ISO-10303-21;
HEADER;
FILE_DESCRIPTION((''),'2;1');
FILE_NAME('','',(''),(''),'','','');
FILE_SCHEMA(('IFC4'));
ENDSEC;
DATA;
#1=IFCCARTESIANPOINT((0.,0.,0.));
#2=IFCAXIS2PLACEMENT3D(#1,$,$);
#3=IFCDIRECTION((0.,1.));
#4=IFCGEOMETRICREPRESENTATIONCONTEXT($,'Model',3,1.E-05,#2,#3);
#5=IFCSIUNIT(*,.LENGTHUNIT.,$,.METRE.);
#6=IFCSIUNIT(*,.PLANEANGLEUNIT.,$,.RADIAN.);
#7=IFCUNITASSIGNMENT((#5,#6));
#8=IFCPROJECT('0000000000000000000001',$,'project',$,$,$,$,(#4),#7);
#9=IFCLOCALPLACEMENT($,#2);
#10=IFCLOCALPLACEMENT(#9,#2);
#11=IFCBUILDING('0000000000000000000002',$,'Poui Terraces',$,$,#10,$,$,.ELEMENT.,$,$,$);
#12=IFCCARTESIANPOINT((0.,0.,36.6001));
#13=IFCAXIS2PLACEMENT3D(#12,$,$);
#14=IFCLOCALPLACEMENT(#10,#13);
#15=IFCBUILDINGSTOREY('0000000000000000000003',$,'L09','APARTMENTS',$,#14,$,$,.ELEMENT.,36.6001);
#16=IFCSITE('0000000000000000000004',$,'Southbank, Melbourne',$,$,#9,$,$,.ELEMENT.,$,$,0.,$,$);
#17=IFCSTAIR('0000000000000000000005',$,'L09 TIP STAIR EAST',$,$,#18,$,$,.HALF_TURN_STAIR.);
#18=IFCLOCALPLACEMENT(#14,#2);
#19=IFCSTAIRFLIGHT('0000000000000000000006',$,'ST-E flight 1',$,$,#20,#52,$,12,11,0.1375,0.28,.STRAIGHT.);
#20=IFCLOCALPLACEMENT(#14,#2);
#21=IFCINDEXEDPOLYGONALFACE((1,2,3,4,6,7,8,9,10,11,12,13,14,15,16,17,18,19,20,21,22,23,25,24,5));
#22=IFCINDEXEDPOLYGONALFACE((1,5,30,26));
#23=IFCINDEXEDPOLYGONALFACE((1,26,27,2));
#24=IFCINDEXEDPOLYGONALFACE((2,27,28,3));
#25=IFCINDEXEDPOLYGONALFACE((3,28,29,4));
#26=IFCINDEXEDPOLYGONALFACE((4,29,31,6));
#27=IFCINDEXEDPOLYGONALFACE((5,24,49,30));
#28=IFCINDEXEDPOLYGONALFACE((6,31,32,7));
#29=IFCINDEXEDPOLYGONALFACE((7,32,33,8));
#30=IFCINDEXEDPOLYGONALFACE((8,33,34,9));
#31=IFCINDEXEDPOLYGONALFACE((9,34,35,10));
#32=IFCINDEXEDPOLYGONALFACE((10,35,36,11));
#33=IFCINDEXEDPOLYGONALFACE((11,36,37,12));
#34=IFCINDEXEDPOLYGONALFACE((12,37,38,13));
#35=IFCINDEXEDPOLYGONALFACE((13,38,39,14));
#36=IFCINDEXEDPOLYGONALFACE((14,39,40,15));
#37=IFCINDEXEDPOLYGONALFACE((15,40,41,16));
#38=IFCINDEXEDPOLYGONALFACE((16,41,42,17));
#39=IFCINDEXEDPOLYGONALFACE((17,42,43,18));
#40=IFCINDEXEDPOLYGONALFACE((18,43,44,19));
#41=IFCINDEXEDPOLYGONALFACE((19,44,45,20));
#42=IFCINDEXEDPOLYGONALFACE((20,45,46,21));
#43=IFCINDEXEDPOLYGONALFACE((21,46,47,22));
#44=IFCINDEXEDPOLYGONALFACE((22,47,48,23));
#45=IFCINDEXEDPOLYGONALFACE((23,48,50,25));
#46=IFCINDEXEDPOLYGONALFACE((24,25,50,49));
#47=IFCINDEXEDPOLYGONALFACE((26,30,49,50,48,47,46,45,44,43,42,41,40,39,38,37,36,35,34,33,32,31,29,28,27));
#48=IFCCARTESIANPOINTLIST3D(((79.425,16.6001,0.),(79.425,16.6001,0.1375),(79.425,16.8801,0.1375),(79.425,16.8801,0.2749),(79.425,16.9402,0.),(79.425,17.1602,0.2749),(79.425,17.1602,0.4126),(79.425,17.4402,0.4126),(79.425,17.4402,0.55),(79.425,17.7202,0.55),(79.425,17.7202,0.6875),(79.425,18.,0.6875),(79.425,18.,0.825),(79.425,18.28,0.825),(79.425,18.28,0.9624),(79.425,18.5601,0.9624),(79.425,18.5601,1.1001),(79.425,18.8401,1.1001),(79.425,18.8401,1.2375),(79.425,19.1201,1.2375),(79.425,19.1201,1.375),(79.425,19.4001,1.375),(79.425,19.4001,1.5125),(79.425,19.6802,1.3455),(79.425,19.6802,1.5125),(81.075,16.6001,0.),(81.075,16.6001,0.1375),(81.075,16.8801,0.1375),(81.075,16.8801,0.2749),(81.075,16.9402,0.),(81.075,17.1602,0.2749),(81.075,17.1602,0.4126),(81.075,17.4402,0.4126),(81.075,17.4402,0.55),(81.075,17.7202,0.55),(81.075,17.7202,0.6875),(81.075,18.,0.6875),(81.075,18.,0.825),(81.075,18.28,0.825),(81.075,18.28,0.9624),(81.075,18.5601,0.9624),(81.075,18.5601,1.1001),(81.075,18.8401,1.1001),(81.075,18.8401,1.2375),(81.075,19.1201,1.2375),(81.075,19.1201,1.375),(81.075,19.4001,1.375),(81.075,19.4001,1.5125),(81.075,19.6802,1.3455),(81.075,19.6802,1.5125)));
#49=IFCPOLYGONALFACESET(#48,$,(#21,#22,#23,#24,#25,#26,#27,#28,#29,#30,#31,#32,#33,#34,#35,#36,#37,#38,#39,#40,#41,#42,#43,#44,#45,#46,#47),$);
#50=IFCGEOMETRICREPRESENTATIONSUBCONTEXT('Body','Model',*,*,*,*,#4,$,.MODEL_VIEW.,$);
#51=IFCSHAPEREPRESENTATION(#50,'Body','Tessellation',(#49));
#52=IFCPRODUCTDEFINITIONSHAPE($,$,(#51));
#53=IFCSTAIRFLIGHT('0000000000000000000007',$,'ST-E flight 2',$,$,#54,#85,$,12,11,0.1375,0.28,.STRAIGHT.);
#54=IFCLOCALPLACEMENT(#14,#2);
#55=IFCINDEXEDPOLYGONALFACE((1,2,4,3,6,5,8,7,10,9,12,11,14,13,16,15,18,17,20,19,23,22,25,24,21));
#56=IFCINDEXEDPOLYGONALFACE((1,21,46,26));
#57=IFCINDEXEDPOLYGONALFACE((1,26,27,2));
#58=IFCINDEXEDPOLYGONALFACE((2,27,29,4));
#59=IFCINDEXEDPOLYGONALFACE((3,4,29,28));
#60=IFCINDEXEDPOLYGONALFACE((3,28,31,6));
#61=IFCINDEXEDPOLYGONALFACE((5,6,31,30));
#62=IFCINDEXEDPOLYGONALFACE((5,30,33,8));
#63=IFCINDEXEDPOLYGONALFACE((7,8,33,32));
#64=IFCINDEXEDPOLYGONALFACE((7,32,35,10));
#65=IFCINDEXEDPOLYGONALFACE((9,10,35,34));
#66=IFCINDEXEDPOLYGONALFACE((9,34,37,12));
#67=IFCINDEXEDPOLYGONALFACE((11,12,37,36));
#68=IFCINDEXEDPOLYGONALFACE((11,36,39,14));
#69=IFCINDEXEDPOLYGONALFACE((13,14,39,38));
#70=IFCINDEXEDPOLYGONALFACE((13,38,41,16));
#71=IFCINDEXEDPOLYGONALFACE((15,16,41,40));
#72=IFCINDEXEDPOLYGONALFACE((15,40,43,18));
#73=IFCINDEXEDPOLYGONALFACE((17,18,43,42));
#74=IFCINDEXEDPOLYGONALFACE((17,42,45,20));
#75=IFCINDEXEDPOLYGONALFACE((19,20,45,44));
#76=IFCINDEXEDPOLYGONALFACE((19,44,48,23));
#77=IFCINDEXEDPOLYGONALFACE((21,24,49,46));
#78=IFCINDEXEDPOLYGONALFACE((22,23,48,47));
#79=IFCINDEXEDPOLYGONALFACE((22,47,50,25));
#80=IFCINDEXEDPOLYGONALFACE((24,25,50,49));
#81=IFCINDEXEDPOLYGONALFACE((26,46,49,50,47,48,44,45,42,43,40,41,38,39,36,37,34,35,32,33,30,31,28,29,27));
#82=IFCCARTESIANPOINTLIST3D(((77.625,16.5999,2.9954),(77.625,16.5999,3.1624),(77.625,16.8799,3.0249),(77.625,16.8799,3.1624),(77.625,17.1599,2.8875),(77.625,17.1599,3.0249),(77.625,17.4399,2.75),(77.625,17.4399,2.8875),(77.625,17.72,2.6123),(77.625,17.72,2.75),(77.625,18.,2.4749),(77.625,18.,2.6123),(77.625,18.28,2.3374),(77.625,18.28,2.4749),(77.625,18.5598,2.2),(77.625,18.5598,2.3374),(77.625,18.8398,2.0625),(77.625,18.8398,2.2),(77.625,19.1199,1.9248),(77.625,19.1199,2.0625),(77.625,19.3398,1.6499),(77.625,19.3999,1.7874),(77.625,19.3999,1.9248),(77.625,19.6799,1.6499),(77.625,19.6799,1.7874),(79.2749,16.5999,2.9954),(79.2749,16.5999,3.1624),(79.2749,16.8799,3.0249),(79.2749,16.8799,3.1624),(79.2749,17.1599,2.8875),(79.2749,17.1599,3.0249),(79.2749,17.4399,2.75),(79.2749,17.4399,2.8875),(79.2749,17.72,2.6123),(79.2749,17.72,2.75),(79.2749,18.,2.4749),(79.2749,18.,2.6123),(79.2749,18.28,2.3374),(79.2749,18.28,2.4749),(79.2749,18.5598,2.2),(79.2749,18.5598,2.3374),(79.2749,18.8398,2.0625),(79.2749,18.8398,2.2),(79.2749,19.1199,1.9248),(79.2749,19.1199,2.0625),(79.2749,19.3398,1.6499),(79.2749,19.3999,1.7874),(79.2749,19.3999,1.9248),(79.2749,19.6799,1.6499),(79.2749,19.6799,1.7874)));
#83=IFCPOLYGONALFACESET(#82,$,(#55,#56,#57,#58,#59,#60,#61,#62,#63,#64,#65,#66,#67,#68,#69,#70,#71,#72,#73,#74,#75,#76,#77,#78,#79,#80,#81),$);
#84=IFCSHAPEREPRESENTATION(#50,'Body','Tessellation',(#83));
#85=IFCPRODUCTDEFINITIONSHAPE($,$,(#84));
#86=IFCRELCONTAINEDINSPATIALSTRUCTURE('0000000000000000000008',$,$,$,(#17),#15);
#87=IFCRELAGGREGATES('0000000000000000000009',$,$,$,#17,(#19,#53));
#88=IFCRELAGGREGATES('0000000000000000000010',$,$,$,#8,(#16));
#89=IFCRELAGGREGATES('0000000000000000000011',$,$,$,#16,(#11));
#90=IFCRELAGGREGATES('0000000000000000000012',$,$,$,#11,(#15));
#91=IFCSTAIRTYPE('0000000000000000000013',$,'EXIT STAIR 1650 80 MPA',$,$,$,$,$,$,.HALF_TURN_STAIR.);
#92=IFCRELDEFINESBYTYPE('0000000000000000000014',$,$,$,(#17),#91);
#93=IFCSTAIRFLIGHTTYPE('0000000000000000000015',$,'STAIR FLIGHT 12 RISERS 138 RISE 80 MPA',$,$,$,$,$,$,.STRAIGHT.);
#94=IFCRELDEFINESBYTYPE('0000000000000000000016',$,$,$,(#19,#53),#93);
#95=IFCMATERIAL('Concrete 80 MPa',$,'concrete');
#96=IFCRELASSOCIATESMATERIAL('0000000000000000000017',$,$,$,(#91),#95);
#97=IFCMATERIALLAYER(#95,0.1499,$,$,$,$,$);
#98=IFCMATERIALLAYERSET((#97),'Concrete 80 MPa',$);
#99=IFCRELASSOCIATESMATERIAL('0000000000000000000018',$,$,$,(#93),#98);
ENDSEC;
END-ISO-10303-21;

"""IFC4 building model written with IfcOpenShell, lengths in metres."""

from ifc_helpers import new_model, si_unit, direction, frame, origin, place, context, subcontext, project, spatial, polyline, outline, extrude, material, layer, layer_set, type_object, element, aggregate, save


model = new_model("IFC4")

# Units and contexts
model_context = context("Model", 3, precision=1e-05, world=origin(), true_north=direction((0.0, 1.0)))
body_context = subcontext(model_context, "Body", "Model", "MODEL_VIEW")
ifc_project = project(units=[si_unit("LENGTHUNIT", "METRE"), si_unit("PLANEANGLEUNIT", "RADIAN")], contexts=[model_context])

# Site, building, storey
site_placement = place(None, origin())
site = spatial("IfcSite", under=ifc_project, at=site_placement, Name="Southbank, Melbourne", CompositionType="ELEMENT", RefElevation=0.0)
building_placement = place(site_placement, origin())
building = spatial("IfcBuilding", under=site, at=building_placement, Name="Poui Terraces", CompositionType="ELEMENT")
storey_placement = place(building_placement, frame((0.0, 0.0, 36.6001)))
storey = spatial("IfcBuildingStorey", under=building, at=storey_placement, Name="L09", Description="APARTMENTS", CompositionType="ELEMENT", Elevation=36.6001)

# Shared definitions
ifc_material_1 = material(Name="Concrete 80 MPa", Category="concrete")

# Stair, stair flights
stair_type = type_object("IfcStairType", Name="EXIT STAIR 1650 80 MPA", PredefinedType="HALF_TURN_STAIR", material=ifc_material_1)
stair_placement = place(storey_placement, origin())
stair = element("IfcStair", 1, at=stair_placement, inside=storey, type_object=stair_type, Name="L09 TIP STAIR EAST", PredefinedType="HALF_TURN_STAIR")
ifc_layer_1 = layer(ifc_material_1, 0.1499)
ifc_layer_set_1 = layer_set([ifc_layer_1], Name="Concrete 80 MPa")
stair_flight_type = type_object("IfcStairFlightType", Name="STAIR FLIGHT 12 RISERS 138 RISE 80 MPA", PredefinedType="STRAIGHT", material=ifc_layer_set_1)
stair_flight_1_placement = place(storey_placement, frame((80.25, 16.6001, 0.0), z_axis=(0.0, 0.0, 1.0), x_axis=(0.0, 1.0, 0.0)))
stair_flight_1 = element("IfcStairFlight", 2, at=stair_flight_1_placement, type_object=stair_flight_type, Name="ST-E flight 1", NumberOfRisers=12, NumberOfTreads=11, PredefinedType="STRAIGHT", RiserHeight=0.1375, TreadLength=0.28, context=body_context, shape_type="SweptSolid", body=[
    extrude(outline(polyline([(0.0, 0.0), (0.0, 0.1375), (0.28, 0.1375), (0.28, 0.2749), (0.5601, 0.2749), (0.5601, 0.4126), (0.8401, 0.4126), (0.8401, 0.55), (1.1201, 0.55), (1.1201, 0.6875), (1.3999, 0.6875), (1.3999, 0.825), (1.6799, 0.825), (1.6799, 0.9624), (1.96, 0.9624), (1.96, 1.1001), (2.24, 1.1001), (2.24, 1.2375), (2.52, 1.2375), (2.52, 1.375), (2.8, 1.375), (2.8, 1.5125), (3.0801, 1.5125), (3.0801, 1.6499), (3.0801, 1.3455), (0.3401, 0.0), (0.0, 0.0)])), frame((0.0, 0.825, 0.0), z_axis=(0.0, -1.0, 0.0), x_axis=(1.0, 0.0, 0.0)), (0.0, 0.0, 1.0), 1.6499),
])
stair_flight_2_placement = place(storey_placement, frame((78.45, 19.6799, 1.6499), z_axis=(0.0, 0.0, 1.0), x_axis=(0.0, -1.0, 0.0)))
stair_flight_2 = element("IfcStairFlight", 3, at=stair_flight_2_placement, type_object=stair_flight_type, Name="ST-E flight 2", NumberOfRisers=12, NumberOfTreads=11, PredefinedType="STRAIGHT", RiserHeight=0.1375, TreadLength=0.28, context=body_context, shape_type="SweptSolid", body=[
    extrude(outline(polyline([(0.0, 0.0), (0.0, 0.1375), (0.28, 0.1375), (0.28, 0.2749), (0.5601, 0.2749), (0.5601, 0.4126), (0.8401, 0.4126), (0.8401, 0.55), (1.1201, 0.55), (1.1201, 0.6875), (1.3999, 0.6875), (1.3999, 0.825), (1.6799, 0.825), (1.6799, 0.9624), (1.96, 0.9624), (1.96, 1.1001), (2.24, 1.1001), (2.24, 1.2375), (2.52, 1.2375), (2.52, 1.375), (2.8, 1.375), (2.8, 1.5125), (3.0801, 1.5125), (3.0801, 1.6499), (3.0801, 1.3455), (0.3401, 0.0), (0.0, 0.0)])), frame((0.0, 0.825, 0.0), z_axis=(0.0, -1.0, 0.0), x_axis=(1.0, 0.0, 0.0)), (0.0, 0.0, 1.0), 1.6499),
])
aggregate(stair, [stair_flight_1, stair_flight_2])

save(model, "model.ifc")
